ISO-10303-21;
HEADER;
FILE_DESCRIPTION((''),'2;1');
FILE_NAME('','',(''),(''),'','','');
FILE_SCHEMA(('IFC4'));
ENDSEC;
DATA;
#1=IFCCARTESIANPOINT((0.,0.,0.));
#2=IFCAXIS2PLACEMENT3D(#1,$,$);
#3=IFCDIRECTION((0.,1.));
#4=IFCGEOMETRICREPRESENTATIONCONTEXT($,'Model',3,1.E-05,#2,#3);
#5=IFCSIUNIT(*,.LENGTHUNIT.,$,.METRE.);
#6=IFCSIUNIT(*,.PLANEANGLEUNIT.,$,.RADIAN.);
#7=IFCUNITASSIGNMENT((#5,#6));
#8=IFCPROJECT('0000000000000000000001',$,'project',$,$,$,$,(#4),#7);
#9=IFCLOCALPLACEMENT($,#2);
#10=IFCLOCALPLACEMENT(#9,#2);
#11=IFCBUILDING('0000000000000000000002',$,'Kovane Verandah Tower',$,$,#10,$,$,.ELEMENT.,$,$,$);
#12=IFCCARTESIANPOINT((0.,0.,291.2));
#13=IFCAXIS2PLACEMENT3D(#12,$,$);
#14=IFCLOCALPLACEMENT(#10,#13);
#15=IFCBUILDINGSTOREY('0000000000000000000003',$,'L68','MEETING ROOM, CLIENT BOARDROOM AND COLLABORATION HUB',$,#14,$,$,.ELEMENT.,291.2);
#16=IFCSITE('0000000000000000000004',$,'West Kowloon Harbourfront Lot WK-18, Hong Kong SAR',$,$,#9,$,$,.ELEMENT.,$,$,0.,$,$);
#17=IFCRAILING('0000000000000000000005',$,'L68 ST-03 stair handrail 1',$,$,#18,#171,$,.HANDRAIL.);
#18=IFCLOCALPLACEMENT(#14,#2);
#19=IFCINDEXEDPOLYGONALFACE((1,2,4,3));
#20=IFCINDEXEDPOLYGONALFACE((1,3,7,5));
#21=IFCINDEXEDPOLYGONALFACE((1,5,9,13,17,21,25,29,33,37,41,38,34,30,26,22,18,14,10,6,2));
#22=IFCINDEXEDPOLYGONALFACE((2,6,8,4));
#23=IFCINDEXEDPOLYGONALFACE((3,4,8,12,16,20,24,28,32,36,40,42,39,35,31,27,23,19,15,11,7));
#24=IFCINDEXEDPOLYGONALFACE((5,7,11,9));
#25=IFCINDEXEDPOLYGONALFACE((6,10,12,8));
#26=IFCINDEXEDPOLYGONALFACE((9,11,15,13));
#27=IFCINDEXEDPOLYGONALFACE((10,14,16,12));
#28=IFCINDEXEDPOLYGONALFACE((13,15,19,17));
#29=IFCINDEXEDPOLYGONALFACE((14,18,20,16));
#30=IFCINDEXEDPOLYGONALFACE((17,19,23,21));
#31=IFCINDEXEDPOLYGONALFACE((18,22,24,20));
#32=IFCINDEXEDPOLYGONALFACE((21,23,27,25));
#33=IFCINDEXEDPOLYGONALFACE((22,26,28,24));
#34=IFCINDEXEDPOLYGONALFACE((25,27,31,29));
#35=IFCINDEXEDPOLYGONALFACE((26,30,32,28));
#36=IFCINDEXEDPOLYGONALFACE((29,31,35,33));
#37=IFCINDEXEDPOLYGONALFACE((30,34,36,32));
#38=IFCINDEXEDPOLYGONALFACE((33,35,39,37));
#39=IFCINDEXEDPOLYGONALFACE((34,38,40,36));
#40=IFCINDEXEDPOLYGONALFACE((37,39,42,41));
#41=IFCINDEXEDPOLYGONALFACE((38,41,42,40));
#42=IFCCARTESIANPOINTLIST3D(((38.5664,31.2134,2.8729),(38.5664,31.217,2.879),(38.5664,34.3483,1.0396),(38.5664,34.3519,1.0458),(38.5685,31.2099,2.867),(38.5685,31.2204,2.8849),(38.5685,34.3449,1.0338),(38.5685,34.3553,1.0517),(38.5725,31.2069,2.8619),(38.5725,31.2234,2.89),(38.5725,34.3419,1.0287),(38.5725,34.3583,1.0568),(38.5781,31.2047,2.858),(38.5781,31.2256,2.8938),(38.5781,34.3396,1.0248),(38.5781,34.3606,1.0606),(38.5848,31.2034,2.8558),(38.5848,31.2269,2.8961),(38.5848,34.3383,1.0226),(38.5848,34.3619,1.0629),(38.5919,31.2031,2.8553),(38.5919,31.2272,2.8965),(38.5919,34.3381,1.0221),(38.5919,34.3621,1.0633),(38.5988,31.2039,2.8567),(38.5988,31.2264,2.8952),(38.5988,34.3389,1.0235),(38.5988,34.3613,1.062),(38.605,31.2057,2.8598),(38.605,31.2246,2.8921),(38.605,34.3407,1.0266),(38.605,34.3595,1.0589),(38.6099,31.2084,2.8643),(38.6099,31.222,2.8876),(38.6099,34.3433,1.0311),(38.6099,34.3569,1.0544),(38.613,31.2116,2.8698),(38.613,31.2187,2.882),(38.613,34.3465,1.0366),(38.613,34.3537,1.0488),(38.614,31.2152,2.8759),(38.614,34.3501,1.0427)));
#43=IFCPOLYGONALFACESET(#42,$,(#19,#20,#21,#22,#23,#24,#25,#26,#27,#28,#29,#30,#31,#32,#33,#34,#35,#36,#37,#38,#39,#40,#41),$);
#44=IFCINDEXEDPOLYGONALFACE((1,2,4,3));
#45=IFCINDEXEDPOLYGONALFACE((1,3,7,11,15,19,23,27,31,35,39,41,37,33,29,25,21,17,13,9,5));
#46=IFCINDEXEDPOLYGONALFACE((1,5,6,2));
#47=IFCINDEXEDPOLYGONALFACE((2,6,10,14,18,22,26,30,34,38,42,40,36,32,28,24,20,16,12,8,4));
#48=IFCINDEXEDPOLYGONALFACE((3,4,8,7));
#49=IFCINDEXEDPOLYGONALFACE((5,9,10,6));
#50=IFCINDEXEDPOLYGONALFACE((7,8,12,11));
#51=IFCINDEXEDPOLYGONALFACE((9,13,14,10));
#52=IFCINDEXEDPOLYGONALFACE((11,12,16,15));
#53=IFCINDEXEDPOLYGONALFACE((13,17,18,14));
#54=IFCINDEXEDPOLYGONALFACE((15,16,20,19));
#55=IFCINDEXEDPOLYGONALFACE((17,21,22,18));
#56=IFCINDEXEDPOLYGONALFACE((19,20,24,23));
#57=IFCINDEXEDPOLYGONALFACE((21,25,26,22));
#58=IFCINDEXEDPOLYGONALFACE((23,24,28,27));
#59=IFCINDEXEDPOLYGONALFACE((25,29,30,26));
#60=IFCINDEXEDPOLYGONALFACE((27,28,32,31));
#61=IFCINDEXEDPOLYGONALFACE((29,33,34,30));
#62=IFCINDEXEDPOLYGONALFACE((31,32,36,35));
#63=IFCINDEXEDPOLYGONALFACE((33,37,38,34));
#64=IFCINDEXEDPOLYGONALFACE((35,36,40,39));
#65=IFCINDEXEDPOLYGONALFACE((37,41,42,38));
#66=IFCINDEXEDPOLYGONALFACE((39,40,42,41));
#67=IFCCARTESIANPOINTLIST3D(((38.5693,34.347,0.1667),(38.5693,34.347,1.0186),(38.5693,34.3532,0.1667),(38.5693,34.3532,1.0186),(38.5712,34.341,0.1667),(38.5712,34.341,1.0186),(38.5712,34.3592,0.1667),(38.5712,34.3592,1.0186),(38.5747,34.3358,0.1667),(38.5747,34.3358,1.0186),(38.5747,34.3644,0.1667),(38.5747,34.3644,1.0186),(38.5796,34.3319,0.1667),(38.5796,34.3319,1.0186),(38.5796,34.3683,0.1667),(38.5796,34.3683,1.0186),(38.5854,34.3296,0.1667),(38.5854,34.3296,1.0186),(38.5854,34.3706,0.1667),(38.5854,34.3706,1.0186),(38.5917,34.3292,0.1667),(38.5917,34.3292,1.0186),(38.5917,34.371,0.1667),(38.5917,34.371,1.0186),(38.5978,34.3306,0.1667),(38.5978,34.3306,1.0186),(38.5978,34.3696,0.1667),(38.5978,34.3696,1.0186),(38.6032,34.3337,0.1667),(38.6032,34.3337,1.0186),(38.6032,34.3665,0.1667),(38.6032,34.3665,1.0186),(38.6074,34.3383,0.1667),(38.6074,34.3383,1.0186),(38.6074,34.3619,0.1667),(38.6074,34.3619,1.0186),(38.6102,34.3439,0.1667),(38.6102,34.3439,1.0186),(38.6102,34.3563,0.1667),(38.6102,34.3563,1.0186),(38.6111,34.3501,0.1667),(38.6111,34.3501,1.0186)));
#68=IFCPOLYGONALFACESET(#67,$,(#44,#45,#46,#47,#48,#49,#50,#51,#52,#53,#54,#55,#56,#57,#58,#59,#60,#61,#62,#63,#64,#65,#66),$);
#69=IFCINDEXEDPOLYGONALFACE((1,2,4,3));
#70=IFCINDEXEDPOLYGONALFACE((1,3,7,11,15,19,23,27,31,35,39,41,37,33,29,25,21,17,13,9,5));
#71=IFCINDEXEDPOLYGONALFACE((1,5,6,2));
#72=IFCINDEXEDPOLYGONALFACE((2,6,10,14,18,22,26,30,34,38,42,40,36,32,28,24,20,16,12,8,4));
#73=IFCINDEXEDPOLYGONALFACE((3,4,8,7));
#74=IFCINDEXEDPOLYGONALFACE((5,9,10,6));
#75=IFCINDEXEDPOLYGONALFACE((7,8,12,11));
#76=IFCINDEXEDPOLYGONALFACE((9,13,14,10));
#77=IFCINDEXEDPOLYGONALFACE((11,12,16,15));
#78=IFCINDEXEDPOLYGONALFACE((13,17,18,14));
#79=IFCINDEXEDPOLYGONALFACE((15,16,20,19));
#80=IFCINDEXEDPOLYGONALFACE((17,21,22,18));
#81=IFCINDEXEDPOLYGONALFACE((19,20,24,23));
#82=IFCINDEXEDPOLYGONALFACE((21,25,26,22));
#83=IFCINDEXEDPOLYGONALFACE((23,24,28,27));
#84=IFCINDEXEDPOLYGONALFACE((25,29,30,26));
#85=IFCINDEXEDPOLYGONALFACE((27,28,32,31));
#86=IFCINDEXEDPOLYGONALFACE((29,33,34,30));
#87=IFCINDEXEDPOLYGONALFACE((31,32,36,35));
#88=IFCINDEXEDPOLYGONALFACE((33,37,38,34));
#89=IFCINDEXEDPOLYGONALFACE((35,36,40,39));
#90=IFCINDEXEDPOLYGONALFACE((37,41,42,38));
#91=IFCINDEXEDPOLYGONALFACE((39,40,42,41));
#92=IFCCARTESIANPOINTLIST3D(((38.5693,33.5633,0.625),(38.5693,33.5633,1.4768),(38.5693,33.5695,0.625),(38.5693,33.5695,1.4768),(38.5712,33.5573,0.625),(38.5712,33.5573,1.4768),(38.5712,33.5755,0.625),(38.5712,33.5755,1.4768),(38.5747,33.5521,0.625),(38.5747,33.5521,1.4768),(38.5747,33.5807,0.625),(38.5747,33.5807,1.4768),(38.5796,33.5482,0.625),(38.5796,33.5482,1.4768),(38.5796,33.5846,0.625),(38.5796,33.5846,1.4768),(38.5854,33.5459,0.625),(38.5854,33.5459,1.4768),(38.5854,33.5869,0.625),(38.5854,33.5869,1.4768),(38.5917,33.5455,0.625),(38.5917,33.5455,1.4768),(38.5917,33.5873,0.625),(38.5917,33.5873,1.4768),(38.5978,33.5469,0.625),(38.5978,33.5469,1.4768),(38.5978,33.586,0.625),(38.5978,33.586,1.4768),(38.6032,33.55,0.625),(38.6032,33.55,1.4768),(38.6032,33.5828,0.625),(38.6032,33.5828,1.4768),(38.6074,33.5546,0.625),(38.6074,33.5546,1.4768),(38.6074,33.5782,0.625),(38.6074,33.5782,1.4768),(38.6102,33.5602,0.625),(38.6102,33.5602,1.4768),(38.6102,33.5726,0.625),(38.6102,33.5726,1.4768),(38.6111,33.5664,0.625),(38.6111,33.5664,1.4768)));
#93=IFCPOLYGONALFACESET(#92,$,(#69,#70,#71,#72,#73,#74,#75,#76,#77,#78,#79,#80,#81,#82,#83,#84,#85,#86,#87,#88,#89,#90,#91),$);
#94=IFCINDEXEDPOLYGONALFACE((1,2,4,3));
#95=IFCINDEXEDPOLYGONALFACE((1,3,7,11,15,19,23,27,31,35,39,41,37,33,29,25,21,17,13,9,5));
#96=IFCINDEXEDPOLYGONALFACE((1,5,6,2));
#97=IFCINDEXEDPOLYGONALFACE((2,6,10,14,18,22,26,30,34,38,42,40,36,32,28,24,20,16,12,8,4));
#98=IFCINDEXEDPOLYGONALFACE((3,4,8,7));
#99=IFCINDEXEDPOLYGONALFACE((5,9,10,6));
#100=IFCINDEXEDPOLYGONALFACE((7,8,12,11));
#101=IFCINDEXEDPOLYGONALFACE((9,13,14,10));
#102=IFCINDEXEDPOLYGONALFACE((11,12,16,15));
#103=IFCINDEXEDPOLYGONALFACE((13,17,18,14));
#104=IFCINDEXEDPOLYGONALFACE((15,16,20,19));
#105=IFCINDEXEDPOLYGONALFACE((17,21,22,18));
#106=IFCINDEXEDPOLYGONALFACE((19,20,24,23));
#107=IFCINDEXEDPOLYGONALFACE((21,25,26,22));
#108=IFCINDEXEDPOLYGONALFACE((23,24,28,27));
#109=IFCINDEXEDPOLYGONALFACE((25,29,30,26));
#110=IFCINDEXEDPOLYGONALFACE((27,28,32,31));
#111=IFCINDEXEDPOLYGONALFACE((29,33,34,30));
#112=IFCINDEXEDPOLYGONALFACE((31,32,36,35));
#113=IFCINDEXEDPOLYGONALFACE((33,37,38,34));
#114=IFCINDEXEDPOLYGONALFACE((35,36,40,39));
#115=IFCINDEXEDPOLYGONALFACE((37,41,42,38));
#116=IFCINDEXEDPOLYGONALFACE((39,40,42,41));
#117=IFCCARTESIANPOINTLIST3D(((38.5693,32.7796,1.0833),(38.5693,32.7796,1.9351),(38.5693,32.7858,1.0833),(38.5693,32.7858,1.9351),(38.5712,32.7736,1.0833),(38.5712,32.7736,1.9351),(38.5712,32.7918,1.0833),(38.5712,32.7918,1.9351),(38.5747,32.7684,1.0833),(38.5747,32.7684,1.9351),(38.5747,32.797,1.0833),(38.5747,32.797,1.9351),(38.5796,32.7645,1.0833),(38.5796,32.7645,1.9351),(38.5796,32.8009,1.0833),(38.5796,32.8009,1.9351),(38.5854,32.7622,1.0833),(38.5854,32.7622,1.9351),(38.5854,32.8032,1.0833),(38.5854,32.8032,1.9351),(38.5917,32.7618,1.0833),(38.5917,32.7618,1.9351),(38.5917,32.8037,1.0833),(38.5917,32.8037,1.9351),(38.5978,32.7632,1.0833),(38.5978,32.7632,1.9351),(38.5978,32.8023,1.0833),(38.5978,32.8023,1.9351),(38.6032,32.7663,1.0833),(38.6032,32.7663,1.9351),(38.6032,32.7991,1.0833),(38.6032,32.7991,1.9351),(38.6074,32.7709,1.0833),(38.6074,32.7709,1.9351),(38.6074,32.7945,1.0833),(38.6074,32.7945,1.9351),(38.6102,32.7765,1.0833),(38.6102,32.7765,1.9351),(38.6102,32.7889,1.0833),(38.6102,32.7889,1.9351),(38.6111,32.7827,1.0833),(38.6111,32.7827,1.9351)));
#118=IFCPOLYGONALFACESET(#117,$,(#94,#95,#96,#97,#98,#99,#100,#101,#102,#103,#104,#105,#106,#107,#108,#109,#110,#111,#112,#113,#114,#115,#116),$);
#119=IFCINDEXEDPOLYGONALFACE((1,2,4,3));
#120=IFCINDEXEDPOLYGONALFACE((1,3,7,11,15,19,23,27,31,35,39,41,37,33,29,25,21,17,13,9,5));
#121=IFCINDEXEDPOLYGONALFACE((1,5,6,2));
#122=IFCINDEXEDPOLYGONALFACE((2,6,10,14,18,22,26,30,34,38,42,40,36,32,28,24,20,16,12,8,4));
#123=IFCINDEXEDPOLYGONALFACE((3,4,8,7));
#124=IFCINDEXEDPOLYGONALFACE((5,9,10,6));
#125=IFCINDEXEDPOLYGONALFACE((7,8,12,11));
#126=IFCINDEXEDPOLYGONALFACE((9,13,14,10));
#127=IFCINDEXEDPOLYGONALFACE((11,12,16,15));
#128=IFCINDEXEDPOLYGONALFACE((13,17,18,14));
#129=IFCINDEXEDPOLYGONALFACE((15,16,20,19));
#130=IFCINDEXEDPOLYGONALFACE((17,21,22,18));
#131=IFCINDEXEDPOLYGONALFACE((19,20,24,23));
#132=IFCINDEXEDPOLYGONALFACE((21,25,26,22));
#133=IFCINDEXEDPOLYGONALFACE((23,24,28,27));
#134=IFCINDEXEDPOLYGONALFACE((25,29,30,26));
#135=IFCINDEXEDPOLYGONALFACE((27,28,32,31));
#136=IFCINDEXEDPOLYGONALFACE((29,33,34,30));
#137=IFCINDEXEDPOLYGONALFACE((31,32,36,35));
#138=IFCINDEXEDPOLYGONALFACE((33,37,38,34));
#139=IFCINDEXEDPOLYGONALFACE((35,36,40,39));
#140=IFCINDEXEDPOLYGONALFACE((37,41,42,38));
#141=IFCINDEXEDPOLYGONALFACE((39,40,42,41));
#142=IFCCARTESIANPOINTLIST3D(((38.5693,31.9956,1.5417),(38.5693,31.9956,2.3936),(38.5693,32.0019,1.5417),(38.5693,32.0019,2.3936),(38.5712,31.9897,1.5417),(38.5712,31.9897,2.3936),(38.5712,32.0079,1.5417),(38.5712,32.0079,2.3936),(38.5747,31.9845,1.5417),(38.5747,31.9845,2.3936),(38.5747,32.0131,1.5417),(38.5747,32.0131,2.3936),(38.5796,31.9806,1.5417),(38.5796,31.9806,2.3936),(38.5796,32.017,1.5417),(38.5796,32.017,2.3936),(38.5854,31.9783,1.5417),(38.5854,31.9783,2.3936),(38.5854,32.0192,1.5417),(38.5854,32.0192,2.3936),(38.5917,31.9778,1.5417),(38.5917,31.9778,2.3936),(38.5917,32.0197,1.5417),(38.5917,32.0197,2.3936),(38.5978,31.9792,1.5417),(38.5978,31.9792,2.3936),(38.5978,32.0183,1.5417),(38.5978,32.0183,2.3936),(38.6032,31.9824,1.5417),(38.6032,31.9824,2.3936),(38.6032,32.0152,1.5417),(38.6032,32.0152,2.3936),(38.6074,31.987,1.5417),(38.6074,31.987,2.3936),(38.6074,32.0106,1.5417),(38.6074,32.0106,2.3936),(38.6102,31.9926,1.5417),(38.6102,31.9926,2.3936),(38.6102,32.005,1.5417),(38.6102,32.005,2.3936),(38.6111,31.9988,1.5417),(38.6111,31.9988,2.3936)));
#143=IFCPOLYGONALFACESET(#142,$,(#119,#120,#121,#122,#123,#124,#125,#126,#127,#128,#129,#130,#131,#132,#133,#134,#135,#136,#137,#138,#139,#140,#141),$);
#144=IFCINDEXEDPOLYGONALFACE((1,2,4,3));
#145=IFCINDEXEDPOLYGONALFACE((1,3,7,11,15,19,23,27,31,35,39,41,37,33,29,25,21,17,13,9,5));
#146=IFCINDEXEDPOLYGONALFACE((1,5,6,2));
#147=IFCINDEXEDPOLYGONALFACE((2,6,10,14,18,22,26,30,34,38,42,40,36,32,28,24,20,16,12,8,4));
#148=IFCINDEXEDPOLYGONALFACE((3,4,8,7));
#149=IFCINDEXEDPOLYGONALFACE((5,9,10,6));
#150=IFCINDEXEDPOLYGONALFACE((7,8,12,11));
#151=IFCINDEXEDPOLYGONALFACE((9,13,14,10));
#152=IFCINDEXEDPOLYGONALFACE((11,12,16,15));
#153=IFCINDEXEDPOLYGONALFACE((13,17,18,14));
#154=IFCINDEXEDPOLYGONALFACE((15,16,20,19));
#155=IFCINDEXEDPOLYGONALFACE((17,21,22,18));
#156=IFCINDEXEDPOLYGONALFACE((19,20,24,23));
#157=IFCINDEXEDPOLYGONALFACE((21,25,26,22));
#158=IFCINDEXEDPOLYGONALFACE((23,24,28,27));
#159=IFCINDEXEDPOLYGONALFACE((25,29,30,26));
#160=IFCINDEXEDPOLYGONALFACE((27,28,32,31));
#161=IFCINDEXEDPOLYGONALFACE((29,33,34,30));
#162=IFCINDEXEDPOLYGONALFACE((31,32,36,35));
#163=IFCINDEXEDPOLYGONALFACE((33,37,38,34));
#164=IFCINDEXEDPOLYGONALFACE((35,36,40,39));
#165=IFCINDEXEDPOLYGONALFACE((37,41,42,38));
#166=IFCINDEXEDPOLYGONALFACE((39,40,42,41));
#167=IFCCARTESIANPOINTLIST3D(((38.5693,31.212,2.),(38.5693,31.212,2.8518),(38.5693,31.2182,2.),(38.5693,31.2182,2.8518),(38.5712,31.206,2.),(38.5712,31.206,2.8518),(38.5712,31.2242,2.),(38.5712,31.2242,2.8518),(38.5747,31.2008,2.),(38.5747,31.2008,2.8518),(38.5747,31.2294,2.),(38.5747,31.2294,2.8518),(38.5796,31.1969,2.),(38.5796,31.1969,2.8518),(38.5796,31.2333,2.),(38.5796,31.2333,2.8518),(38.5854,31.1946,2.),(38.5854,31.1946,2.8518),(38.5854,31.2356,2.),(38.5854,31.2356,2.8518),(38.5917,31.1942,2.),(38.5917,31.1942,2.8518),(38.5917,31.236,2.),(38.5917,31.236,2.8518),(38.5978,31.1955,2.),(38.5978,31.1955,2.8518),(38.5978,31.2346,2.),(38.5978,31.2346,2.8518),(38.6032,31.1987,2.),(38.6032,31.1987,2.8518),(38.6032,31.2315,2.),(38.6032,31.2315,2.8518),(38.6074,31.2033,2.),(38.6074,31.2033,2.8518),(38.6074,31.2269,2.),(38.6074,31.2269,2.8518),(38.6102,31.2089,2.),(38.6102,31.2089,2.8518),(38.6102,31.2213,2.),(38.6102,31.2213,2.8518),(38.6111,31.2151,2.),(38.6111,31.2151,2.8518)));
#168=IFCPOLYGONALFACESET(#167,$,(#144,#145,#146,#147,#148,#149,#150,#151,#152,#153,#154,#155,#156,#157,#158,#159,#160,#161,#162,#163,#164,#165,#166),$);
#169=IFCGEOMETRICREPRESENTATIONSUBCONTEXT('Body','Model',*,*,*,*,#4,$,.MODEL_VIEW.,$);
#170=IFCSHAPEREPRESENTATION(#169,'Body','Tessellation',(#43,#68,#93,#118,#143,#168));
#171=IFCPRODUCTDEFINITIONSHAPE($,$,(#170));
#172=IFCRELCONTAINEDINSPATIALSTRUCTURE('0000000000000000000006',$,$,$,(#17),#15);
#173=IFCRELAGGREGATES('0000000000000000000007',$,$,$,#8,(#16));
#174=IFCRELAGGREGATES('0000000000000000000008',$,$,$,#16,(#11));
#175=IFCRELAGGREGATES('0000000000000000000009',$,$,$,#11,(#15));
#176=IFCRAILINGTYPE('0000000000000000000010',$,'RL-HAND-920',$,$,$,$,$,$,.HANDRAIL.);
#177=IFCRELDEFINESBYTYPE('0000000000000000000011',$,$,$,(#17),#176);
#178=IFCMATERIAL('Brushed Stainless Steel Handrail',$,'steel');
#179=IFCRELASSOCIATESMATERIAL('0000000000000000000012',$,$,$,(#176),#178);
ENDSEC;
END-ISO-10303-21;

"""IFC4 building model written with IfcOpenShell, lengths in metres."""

from ifc_helpers import new_model, si_unit, direction, frame, origin, origin_2d, place, context, subcontext, project, spatial, circle, extrude, material, type_object, element, save


model = new_model("IFC4")

# Units and contexts
model_context = context("Model", 3, precision=1e-05, world=origin(), true_north=direction((0.0, 1.0)))
body_context = subcontext(model_context, "Body", "Model", "MODEL_VIEW")
ifc_project = project(units=[si_unit("LENGTHUNIT", "METRE"), si_unit("PLANEANGLEUNIT", "RADIAN")], contexts=[model_context])

# Site, building, storey
site_placement = place(None, origin())
site = spatial("IfcSite", under=ifc_project, at=site_placement, Name="West Kowloon Harbourfront Lot WK-18, Hong Kong SAR", CompositionType="ELEMENT", RefElevation=0.0)
building_placement = place(site_placement, origin())
building = spatial("IfcBuilding", under=site, at=building_placement, Name="Kovane Verandah Tower", CompositionType="ELEMENT")
storey_placement = place(building_placement, frame((0.0, 0.0, 291.2)))
storey = spatial("IfcBuildingStorey", under=building, at=storey_placement, Name="L68", Description="MEETING ROOM, CLIENT BOARDROOM AND COLLABORATION HUB", CompositionType="ELEMENT", Elevation=291.2)

# Railing
ifc_material_1 = material(Name="Brushed Stainless Steel Handrail", Category="steel")
railing_type_1 = type_object("IfcRailingType", Name="RL-HAND-920", PredefinedType="HANDRAIL", material=ifc_material_1)
railing_1_placement = place(storey_placement, frame((38.5901, 34.3501, 0.1667)))
element("IfcRailing", 1, at=railing_1_placement, inside=storey, type_object=railing_type_1, Name="L68 ST-03 stair handrail 1", PredefinedType="HANDRAIL", context=body_context, shape_type="SweptSolid", body=[
    extrude(circle(Radius=0.0239, at=origin_2d()), frame((0.0, 0.0, 0.876), z_axis=(0.0, -0.86324, 0.504794), x_axis=(1.0, 0.0, 0.0)), (0.0, 0.0, 1.0), 3.6316),
    extrude(circle(Radius=0.021, at=origin_2d()), origin(), (0.0, 0.0, 1.0), 0.8518),
    extrude(circle(Radius=0.021, at=origin_2d()), frame((0.0, -0.7837, 0.4583)), (0.0, 0.0, 1.0), 0.8518),
    extrude(circle(Radius=0.021, at=origin_2d()), frame((0.0, -1.5674, 0.9165)), (0.0, 0.0, 1.0), 0.8518),
    extrude(circle(Radius=0.021, at=origin_2d()), frame((0.0, -2.3513, 1.375)), (0.0, 0.0, 1.0), 0.8518),
    extrude(circle(Radius=0.021, at=origin_2d()), frame((0.0, -3.135, 1.8333)), (0.0, 0.0, 1.0), 0.8518),
])

save(model, "model.ifc")
